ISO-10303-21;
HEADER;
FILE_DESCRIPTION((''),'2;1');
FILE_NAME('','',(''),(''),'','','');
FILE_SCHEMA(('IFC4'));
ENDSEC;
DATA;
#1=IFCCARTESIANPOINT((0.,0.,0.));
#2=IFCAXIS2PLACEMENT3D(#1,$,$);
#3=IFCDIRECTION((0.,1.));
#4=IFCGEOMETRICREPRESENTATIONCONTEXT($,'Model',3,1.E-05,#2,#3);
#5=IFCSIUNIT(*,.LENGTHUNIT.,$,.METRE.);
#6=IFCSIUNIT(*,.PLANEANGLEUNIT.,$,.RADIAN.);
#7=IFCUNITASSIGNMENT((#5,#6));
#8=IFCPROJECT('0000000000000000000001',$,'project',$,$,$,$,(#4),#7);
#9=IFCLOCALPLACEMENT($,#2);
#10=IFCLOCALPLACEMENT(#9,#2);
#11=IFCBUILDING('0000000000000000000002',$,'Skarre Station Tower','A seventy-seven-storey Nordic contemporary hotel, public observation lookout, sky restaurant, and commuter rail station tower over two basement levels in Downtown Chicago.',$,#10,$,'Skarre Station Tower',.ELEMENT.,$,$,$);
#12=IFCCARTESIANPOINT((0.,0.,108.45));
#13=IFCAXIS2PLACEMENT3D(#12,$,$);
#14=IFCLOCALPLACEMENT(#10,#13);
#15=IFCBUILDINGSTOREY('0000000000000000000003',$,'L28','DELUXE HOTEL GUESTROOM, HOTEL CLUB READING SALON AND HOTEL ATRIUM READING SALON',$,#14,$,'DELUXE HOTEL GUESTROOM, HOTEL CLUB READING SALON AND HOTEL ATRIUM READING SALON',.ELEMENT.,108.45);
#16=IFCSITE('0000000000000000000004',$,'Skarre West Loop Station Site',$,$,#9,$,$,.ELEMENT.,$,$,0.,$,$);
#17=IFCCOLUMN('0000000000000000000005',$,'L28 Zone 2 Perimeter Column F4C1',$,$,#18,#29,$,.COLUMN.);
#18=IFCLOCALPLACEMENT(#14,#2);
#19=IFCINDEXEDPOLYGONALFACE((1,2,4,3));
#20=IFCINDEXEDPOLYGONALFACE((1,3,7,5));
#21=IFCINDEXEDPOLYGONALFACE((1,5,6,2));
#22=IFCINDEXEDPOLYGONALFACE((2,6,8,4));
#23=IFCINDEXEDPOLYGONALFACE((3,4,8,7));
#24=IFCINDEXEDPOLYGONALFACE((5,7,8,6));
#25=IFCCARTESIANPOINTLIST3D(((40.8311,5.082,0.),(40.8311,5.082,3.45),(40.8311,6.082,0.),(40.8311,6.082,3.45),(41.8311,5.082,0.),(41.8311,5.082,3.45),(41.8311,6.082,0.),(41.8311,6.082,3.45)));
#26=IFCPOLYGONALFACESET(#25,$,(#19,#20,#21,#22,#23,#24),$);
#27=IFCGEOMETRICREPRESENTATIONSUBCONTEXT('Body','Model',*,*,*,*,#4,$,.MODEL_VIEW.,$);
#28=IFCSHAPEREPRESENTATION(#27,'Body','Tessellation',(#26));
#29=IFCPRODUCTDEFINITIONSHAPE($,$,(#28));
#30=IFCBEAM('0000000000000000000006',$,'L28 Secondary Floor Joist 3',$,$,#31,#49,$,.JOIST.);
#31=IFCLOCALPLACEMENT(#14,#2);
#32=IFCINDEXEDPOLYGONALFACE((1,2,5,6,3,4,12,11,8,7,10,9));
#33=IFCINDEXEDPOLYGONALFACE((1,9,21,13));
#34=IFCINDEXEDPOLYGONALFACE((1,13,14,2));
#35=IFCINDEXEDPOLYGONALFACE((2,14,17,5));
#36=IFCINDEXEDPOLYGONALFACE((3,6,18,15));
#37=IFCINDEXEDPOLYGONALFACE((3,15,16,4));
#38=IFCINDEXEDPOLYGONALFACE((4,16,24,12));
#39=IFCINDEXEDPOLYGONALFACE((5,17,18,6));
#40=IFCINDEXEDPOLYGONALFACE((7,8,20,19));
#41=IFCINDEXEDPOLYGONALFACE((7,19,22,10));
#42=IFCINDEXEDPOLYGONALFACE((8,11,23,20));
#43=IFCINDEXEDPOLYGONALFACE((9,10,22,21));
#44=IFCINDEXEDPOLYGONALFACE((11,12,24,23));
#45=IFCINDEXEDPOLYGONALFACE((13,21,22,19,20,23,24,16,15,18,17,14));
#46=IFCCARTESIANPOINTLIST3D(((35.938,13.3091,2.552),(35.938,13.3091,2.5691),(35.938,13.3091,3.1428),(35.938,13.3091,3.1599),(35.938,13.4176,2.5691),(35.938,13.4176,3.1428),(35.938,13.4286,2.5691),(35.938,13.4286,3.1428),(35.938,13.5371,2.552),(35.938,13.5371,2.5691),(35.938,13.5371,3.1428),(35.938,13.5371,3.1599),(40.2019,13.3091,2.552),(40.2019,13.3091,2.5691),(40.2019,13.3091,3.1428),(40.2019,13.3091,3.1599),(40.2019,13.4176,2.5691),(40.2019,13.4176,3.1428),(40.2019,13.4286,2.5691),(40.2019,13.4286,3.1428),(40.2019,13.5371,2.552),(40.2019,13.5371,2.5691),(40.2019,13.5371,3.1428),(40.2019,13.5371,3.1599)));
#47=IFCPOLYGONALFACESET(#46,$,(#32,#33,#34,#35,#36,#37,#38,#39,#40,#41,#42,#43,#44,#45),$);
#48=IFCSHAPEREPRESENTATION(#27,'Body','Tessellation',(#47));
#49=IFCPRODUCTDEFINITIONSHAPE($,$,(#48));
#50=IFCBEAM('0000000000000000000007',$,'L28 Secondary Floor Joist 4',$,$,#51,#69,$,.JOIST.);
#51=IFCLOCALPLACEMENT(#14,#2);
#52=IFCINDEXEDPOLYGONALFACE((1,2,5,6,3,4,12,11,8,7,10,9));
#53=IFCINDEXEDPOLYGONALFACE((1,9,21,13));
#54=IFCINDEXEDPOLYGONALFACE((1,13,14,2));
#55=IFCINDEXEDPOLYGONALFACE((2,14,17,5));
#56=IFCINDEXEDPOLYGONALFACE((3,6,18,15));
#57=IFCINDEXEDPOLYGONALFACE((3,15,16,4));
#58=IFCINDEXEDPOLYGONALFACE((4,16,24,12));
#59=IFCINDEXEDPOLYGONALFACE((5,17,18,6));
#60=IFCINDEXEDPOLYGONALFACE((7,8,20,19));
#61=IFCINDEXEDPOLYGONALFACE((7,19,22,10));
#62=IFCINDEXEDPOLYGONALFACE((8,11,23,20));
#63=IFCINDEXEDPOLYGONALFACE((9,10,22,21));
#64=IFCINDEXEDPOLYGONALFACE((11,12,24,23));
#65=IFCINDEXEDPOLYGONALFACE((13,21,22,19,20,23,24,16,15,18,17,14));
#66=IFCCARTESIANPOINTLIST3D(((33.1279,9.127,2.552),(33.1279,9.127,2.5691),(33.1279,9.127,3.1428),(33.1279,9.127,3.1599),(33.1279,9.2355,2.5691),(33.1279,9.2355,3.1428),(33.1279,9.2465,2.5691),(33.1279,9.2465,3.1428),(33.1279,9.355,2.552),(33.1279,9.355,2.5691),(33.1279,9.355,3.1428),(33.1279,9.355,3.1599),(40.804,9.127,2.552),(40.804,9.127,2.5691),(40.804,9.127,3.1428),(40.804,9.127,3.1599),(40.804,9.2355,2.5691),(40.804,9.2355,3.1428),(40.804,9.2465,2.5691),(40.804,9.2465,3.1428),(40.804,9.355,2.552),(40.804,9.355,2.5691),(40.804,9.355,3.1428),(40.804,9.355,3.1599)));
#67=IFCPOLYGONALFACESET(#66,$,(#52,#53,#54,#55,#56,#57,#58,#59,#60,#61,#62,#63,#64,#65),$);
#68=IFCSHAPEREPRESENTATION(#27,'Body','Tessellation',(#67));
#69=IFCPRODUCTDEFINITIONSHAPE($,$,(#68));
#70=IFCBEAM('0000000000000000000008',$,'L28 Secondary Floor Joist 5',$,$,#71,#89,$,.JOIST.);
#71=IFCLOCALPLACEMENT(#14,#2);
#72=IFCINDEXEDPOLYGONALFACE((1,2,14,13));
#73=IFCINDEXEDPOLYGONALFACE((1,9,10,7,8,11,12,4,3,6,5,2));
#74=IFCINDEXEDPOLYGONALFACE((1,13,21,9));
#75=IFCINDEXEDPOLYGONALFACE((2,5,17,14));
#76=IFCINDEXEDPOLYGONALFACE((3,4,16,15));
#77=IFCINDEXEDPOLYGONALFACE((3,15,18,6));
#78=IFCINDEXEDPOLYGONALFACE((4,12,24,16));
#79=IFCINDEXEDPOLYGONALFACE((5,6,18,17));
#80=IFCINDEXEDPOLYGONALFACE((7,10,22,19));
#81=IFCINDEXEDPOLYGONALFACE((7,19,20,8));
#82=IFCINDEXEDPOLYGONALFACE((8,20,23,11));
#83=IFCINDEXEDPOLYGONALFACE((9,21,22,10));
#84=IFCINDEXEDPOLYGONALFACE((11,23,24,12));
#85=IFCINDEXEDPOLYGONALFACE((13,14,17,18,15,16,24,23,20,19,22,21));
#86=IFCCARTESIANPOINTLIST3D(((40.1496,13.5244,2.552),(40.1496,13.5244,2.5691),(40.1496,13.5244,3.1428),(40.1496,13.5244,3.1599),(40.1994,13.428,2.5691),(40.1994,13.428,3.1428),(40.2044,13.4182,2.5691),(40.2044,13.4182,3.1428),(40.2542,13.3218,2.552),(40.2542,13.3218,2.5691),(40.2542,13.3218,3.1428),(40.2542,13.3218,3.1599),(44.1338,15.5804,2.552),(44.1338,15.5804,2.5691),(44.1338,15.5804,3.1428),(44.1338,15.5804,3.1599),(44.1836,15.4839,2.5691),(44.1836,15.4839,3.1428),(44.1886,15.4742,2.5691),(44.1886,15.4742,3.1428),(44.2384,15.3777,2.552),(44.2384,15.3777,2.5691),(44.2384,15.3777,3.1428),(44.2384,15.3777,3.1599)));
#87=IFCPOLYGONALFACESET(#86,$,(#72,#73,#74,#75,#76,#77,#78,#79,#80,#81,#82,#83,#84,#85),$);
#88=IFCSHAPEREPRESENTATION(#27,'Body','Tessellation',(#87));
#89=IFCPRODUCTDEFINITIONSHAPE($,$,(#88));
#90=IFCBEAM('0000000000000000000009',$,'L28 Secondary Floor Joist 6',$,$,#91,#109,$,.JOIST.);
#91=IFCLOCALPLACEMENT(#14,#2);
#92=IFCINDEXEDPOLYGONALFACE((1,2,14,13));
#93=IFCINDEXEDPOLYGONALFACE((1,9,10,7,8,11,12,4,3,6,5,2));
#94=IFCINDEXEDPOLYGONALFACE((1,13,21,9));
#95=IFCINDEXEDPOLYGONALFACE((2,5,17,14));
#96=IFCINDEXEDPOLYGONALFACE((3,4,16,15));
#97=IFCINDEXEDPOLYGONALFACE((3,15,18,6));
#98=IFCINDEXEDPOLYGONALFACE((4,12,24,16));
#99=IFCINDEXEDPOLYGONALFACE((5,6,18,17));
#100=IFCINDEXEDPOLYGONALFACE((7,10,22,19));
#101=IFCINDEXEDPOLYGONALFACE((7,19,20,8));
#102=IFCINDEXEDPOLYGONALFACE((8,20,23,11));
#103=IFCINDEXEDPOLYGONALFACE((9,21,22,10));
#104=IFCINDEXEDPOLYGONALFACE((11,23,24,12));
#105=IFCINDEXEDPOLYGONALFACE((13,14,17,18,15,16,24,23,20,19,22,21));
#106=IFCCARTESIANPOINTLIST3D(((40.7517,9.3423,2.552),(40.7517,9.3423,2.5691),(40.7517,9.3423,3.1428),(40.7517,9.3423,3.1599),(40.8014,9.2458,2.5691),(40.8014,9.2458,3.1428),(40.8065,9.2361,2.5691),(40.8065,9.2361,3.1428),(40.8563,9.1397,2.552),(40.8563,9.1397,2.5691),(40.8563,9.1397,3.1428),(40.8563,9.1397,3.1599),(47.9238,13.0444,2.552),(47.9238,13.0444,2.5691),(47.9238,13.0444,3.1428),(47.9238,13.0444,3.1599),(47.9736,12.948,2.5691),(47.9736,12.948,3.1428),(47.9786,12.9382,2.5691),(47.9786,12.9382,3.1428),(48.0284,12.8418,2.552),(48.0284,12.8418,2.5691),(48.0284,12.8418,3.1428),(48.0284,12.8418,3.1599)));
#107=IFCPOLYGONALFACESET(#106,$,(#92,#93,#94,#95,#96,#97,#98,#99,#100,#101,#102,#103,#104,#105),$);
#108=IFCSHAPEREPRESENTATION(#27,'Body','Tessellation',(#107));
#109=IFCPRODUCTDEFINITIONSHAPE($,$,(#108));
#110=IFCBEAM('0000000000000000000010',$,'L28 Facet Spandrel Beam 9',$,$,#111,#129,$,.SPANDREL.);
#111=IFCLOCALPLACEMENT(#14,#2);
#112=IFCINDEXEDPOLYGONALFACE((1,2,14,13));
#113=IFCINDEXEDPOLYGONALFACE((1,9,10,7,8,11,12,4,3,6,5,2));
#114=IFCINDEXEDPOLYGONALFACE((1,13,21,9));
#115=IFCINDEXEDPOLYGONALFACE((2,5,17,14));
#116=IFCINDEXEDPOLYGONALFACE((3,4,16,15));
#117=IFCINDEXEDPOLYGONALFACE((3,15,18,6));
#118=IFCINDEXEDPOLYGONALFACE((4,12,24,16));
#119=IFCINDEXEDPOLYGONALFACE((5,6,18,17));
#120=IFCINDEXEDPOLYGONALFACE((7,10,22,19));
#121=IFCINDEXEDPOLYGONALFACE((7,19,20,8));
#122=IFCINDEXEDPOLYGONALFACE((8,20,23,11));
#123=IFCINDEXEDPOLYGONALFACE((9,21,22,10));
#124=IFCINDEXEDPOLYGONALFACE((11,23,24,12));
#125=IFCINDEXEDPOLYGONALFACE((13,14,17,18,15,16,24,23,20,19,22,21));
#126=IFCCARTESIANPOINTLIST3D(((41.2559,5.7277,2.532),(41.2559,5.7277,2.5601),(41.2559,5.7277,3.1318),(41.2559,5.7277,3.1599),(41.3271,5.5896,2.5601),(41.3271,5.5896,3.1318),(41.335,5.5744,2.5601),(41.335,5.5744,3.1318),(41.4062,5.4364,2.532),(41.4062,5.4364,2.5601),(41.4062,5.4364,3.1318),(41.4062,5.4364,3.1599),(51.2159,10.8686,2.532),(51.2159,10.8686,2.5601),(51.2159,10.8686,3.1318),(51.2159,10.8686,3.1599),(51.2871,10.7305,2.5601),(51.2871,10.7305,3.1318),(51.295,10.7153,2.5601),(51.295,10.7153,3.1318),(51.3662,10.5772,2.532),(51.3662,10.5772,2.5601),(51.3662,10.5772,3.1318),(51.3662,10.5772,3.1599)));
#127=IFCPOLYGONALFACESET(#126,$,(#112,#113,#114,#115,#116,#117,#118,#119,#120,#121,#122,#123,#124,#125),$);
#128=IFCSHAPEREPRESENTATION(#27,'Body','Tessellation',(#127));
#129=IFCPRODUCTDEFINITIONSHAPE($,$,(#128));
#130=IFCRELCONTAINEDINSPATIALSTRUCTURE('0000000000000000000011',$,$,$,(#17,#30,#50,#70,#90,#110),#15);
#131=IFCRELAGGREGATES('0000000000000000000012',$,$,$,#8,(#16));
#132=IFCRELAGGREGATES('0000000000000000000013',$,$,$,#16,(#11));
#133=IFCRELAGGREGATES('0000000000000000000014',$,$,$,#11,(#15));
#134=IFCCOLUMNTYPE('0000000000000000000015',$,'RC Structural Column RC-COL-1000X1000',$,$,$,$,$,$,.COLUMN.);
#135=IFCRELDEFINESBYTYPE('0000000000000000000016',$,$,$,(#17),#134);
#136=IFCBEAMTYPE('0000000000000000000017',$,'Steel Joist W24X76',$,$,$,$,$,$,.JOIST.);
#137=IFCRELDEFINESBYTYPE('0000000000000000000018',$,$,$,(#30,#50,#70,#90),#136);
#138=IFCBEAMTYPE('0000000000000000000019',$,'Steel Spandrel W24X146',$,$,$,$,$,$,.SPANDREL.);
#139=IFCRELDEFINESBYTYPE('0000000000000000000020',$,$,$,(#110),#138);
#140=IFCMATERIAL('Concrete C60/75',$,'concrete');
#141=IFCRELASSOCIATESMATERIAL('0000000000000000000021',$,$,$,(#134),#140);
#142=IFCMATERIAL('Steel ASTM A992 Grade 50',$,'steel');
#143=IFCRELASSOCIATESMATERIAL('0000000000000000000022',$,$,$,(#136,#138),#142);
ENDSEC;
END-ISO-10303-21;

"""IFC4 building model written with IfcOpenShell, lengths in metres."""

from ifc_helpers import new_model, si_unit, direction, frame, origin, origin_2d, place, context, subcontext, project, spatial, rectangle, i_section, extrude, material, material_profile, profile_set, type_object, element, save


model = new_model("IFC4")

# Units and contexts
model_context = context("Model", 3, precision=1e-05, world=origin(), true_north=direction((0.0, 1.0)))
body_context = subcontext(model_context, "Body", "Model", "MODEL_VIEW")
ifc_project = project(units=[si_unit("LENGTHUNIT", "METRE"), si_unit("PLANEANGLEUNIT", "RADIAN")], contexts=[model_context])

# Site, building, storey
site_placement = place(None, origin())
site = spatial("IfcSite", under=ifc_project, at=site_placement, Name="Skarre West Loop Station Site", CompositionType="ELEMENT", RefElevation=0.0)
building_placement = place(site_placement, origin())
building = spatial("IfcBuilding", under=site, at=building_placement, Name="Skarre Station Tower", Description="A seventy-seven-storey Nordic contemporary hotel, public observation lookout, sky restaurant, and commuter rail station tower over two basement levels in Downtown Chicago.", LongName="Skarre Station Tower", CompositionType="ELEMENT")
storey_placement = place(building_placement, frame((0.0, 0.0, 108.45)))
storey = spatial("IfcBuildingStorey", under=building, at=storey_placement, Name="L28", Description="DELUXE HOTEL GUESTROOM, HOTEL CLUB READING SALON AND HOTEL ATRIUM READING SALON", LongName="DELUXE HOTEL GUESTROOM, HOTEL CLUB READING SALON AND HOTEL ATRIUM READING SALON", CompositionType="ELEMENT", Elevation=108.45)

# Column
ifc_material_1 = material(Name="Concrete C60/75", Category="concrete")
ifc_material_profile_1 = material_profile(ifc_material_1, rectangle(XDim=1.0, YDim=1.0, at=origin_2d()), Name="Concrete C60/75")
ifc_profile_set_1 = profile_set([ifc_material_profile_1], Name="Concrete C60/75")
column_type = type_object("IfcColumnType", Name="RC Structural Column RC-COL-1000X1000", PredefinedType="COLUMN", material=ifc_profile_set_1)
column_placement = place(storey_placement, frame((41.3311, 5.582, 0.0), z_axis=(0.0, 0.0, 1.0), x_axis=(1.0, 0.0, 0.0)))
element("IfcColumn", 1, at=column_placement, inside=storey, type_object=column_type, Name="L28 Zone 2 Perimeter Column F4C1", PredefinedType="COLUMN", context=body_context, shape_type="SweptSolid", body=[
    extrude(rectangle(XDim=1.0, YDim=1.0, at=origin_2d()), origin(), (0.0, 0.0, 1.0), 3.45),
])

# Beams
ifc_material_2 = material(Name="Steel ASTM A992 Grade 50", Category="steel")
ifc_material_profile_2 = material_profile(ifc_material_2, i_section(OverallWidth=0.228, OverallDepth=0.6079, WebThickness=0.011, FlangeThickness=0.0171, at=origin_2d()), Name="Steel ASTM A992 Grade 50")
ifc_profile_set_2 = profile_set([ifc_material_profile_2], Name="Steel ASTM A992 Grade 50")
beam_type_1 = type_object("IfcBeamType", Name="Steel Joist W24X76", PredefinedType="JOIST", material=ifc_profile_set_2)
beam_1_placement = place(storey_placement, frame((35.938, 13.4231, 2.856), z_axis=(1.0, 0.0, 0.0), x_axis=(0.0, 1.0, 0.0)))
element("IfcBeam", 2, at=beam_1_placement, inside=storey, type_object=beam_type_1, Name="L28 Secondary Floor Joist 3", PredefinedType="JOIST", context=body_context, shape_type="SweptSolid", body=[
    extrude(i_section(OverallWidth=0.228, OverallDepth=0.6079, WebThickness=0.011, FlangeThickness=0.0171, at=origin_2d()), origin(), (0.0, 0.0, 1.0), 4.2639),
])
beam_2_placement = place(storey_placement, frame((33.1279, 9.241, 2.856), z_axis=(1.0, 0.0, 0.0), x_axis=(0.0, 1.0, 0.0)))
element("IfcBeam", 3, at=beam_2_placement, inside=storey, type_object=beam_type_1, Name="L28 Secondary Floor Joist 4", PredefinedType="JOIST", context=body_context, shape_type="SweptSolid", body=[
    extrude(i_section(OverallWidth=0.228, OverallDepth=0.6079, WebThickness=0.011, FlangeThickness=0.0171, at=origin_2d()), origin(), (0.0, 0.0, 1.0), 7.676),
])
beam_3_placement = place(storey_placement, frame((40.2019, 13.4231, 2.856), z_axis=(0.888659, 0.458569, 0.0), x_axis=(-0.458569, 0.888659, 0.0)))
element("IfcBeam", 4, at=beam_3_placement, inside=storey, type_object=beam_type_1, Name="L28 Secondary Floor Joist 5", PredefinedType="JOIST", context=body_context, shape_type="SweptSolid", body=[
    extrude(i_section(OverallWidth=0.228, OverallDepth=0.6079, WebThickness=0.011, FlangeThickness=0.0171, at=origin_2d()), origin(), (0.0, 0.0, 1.0), 4.4834),
])
beam_4_placement = place(storey_placement, frame((40.804, 9.241, 2.856), z_axis=(0.8886, 0.458683, 0.0), x_axis=(-0.458683, 0.8886, 0.0)))
element("IfcBeam", 5, at=beam_4_placement, inside=storey, type_object=beam_type_1, Name="L28 Secondary Floor Joist 6", PredefinedType="JOIST", context=body_context, shape_type="SweptSolid", body=[
    extrude(i_section(OverallWidth=0.228, OverallDepth=0.6079, WebThickness=0.011, FlangeThickness=0.0171, at=origin_2d()), origin(), (0.0, 0.0, 1.0), 8.0713),
])
ifc_material_profile_3 = material_profile(ifc_material_2, i_section(OverallWidth=0.3279, OverallDepth=0.6279, WebThickness=0.0171, FlangeThickness=0.0281, at=origin_2d()), Name="Steel ASTM A992 Grade 50")
ifc_profile_set_3 = profile_set([ifc_material_profile_3], Name="Steel ASTM A992 Grade 50")
beam_type_2 = type_object("IfcBeamType", Name="Steel Spandrel W24X146", PredefinedType="SPANDREL", material=ifc_profile_set_3)
beam_5_placement = place(storey_placement, frame((41.3311, 5.582, 2.8459), z_axis=(0.888612, 0.45866, 0.0), x_axis=(-0.45866, 0.888612, 0.0)))
element("IfcBeam", 6, at=beam_5_placement, inside=storey, type_object=beam_type_2, Name="L28 Facet Spandrel Beam 9", PredefinedType="SPANDREL", context=body_context, shape_type="SweptSolid", body=[
    extrude(i_section(OverallWidth=0.3279, OverallDepth=0.6279, WebThickness=0.0171, FlangeThickness=0.0281, at=origin_2d()), origin(), (0.0, 0.0, 1.0), 11.2085),
])

save(model, "model.ifc")
